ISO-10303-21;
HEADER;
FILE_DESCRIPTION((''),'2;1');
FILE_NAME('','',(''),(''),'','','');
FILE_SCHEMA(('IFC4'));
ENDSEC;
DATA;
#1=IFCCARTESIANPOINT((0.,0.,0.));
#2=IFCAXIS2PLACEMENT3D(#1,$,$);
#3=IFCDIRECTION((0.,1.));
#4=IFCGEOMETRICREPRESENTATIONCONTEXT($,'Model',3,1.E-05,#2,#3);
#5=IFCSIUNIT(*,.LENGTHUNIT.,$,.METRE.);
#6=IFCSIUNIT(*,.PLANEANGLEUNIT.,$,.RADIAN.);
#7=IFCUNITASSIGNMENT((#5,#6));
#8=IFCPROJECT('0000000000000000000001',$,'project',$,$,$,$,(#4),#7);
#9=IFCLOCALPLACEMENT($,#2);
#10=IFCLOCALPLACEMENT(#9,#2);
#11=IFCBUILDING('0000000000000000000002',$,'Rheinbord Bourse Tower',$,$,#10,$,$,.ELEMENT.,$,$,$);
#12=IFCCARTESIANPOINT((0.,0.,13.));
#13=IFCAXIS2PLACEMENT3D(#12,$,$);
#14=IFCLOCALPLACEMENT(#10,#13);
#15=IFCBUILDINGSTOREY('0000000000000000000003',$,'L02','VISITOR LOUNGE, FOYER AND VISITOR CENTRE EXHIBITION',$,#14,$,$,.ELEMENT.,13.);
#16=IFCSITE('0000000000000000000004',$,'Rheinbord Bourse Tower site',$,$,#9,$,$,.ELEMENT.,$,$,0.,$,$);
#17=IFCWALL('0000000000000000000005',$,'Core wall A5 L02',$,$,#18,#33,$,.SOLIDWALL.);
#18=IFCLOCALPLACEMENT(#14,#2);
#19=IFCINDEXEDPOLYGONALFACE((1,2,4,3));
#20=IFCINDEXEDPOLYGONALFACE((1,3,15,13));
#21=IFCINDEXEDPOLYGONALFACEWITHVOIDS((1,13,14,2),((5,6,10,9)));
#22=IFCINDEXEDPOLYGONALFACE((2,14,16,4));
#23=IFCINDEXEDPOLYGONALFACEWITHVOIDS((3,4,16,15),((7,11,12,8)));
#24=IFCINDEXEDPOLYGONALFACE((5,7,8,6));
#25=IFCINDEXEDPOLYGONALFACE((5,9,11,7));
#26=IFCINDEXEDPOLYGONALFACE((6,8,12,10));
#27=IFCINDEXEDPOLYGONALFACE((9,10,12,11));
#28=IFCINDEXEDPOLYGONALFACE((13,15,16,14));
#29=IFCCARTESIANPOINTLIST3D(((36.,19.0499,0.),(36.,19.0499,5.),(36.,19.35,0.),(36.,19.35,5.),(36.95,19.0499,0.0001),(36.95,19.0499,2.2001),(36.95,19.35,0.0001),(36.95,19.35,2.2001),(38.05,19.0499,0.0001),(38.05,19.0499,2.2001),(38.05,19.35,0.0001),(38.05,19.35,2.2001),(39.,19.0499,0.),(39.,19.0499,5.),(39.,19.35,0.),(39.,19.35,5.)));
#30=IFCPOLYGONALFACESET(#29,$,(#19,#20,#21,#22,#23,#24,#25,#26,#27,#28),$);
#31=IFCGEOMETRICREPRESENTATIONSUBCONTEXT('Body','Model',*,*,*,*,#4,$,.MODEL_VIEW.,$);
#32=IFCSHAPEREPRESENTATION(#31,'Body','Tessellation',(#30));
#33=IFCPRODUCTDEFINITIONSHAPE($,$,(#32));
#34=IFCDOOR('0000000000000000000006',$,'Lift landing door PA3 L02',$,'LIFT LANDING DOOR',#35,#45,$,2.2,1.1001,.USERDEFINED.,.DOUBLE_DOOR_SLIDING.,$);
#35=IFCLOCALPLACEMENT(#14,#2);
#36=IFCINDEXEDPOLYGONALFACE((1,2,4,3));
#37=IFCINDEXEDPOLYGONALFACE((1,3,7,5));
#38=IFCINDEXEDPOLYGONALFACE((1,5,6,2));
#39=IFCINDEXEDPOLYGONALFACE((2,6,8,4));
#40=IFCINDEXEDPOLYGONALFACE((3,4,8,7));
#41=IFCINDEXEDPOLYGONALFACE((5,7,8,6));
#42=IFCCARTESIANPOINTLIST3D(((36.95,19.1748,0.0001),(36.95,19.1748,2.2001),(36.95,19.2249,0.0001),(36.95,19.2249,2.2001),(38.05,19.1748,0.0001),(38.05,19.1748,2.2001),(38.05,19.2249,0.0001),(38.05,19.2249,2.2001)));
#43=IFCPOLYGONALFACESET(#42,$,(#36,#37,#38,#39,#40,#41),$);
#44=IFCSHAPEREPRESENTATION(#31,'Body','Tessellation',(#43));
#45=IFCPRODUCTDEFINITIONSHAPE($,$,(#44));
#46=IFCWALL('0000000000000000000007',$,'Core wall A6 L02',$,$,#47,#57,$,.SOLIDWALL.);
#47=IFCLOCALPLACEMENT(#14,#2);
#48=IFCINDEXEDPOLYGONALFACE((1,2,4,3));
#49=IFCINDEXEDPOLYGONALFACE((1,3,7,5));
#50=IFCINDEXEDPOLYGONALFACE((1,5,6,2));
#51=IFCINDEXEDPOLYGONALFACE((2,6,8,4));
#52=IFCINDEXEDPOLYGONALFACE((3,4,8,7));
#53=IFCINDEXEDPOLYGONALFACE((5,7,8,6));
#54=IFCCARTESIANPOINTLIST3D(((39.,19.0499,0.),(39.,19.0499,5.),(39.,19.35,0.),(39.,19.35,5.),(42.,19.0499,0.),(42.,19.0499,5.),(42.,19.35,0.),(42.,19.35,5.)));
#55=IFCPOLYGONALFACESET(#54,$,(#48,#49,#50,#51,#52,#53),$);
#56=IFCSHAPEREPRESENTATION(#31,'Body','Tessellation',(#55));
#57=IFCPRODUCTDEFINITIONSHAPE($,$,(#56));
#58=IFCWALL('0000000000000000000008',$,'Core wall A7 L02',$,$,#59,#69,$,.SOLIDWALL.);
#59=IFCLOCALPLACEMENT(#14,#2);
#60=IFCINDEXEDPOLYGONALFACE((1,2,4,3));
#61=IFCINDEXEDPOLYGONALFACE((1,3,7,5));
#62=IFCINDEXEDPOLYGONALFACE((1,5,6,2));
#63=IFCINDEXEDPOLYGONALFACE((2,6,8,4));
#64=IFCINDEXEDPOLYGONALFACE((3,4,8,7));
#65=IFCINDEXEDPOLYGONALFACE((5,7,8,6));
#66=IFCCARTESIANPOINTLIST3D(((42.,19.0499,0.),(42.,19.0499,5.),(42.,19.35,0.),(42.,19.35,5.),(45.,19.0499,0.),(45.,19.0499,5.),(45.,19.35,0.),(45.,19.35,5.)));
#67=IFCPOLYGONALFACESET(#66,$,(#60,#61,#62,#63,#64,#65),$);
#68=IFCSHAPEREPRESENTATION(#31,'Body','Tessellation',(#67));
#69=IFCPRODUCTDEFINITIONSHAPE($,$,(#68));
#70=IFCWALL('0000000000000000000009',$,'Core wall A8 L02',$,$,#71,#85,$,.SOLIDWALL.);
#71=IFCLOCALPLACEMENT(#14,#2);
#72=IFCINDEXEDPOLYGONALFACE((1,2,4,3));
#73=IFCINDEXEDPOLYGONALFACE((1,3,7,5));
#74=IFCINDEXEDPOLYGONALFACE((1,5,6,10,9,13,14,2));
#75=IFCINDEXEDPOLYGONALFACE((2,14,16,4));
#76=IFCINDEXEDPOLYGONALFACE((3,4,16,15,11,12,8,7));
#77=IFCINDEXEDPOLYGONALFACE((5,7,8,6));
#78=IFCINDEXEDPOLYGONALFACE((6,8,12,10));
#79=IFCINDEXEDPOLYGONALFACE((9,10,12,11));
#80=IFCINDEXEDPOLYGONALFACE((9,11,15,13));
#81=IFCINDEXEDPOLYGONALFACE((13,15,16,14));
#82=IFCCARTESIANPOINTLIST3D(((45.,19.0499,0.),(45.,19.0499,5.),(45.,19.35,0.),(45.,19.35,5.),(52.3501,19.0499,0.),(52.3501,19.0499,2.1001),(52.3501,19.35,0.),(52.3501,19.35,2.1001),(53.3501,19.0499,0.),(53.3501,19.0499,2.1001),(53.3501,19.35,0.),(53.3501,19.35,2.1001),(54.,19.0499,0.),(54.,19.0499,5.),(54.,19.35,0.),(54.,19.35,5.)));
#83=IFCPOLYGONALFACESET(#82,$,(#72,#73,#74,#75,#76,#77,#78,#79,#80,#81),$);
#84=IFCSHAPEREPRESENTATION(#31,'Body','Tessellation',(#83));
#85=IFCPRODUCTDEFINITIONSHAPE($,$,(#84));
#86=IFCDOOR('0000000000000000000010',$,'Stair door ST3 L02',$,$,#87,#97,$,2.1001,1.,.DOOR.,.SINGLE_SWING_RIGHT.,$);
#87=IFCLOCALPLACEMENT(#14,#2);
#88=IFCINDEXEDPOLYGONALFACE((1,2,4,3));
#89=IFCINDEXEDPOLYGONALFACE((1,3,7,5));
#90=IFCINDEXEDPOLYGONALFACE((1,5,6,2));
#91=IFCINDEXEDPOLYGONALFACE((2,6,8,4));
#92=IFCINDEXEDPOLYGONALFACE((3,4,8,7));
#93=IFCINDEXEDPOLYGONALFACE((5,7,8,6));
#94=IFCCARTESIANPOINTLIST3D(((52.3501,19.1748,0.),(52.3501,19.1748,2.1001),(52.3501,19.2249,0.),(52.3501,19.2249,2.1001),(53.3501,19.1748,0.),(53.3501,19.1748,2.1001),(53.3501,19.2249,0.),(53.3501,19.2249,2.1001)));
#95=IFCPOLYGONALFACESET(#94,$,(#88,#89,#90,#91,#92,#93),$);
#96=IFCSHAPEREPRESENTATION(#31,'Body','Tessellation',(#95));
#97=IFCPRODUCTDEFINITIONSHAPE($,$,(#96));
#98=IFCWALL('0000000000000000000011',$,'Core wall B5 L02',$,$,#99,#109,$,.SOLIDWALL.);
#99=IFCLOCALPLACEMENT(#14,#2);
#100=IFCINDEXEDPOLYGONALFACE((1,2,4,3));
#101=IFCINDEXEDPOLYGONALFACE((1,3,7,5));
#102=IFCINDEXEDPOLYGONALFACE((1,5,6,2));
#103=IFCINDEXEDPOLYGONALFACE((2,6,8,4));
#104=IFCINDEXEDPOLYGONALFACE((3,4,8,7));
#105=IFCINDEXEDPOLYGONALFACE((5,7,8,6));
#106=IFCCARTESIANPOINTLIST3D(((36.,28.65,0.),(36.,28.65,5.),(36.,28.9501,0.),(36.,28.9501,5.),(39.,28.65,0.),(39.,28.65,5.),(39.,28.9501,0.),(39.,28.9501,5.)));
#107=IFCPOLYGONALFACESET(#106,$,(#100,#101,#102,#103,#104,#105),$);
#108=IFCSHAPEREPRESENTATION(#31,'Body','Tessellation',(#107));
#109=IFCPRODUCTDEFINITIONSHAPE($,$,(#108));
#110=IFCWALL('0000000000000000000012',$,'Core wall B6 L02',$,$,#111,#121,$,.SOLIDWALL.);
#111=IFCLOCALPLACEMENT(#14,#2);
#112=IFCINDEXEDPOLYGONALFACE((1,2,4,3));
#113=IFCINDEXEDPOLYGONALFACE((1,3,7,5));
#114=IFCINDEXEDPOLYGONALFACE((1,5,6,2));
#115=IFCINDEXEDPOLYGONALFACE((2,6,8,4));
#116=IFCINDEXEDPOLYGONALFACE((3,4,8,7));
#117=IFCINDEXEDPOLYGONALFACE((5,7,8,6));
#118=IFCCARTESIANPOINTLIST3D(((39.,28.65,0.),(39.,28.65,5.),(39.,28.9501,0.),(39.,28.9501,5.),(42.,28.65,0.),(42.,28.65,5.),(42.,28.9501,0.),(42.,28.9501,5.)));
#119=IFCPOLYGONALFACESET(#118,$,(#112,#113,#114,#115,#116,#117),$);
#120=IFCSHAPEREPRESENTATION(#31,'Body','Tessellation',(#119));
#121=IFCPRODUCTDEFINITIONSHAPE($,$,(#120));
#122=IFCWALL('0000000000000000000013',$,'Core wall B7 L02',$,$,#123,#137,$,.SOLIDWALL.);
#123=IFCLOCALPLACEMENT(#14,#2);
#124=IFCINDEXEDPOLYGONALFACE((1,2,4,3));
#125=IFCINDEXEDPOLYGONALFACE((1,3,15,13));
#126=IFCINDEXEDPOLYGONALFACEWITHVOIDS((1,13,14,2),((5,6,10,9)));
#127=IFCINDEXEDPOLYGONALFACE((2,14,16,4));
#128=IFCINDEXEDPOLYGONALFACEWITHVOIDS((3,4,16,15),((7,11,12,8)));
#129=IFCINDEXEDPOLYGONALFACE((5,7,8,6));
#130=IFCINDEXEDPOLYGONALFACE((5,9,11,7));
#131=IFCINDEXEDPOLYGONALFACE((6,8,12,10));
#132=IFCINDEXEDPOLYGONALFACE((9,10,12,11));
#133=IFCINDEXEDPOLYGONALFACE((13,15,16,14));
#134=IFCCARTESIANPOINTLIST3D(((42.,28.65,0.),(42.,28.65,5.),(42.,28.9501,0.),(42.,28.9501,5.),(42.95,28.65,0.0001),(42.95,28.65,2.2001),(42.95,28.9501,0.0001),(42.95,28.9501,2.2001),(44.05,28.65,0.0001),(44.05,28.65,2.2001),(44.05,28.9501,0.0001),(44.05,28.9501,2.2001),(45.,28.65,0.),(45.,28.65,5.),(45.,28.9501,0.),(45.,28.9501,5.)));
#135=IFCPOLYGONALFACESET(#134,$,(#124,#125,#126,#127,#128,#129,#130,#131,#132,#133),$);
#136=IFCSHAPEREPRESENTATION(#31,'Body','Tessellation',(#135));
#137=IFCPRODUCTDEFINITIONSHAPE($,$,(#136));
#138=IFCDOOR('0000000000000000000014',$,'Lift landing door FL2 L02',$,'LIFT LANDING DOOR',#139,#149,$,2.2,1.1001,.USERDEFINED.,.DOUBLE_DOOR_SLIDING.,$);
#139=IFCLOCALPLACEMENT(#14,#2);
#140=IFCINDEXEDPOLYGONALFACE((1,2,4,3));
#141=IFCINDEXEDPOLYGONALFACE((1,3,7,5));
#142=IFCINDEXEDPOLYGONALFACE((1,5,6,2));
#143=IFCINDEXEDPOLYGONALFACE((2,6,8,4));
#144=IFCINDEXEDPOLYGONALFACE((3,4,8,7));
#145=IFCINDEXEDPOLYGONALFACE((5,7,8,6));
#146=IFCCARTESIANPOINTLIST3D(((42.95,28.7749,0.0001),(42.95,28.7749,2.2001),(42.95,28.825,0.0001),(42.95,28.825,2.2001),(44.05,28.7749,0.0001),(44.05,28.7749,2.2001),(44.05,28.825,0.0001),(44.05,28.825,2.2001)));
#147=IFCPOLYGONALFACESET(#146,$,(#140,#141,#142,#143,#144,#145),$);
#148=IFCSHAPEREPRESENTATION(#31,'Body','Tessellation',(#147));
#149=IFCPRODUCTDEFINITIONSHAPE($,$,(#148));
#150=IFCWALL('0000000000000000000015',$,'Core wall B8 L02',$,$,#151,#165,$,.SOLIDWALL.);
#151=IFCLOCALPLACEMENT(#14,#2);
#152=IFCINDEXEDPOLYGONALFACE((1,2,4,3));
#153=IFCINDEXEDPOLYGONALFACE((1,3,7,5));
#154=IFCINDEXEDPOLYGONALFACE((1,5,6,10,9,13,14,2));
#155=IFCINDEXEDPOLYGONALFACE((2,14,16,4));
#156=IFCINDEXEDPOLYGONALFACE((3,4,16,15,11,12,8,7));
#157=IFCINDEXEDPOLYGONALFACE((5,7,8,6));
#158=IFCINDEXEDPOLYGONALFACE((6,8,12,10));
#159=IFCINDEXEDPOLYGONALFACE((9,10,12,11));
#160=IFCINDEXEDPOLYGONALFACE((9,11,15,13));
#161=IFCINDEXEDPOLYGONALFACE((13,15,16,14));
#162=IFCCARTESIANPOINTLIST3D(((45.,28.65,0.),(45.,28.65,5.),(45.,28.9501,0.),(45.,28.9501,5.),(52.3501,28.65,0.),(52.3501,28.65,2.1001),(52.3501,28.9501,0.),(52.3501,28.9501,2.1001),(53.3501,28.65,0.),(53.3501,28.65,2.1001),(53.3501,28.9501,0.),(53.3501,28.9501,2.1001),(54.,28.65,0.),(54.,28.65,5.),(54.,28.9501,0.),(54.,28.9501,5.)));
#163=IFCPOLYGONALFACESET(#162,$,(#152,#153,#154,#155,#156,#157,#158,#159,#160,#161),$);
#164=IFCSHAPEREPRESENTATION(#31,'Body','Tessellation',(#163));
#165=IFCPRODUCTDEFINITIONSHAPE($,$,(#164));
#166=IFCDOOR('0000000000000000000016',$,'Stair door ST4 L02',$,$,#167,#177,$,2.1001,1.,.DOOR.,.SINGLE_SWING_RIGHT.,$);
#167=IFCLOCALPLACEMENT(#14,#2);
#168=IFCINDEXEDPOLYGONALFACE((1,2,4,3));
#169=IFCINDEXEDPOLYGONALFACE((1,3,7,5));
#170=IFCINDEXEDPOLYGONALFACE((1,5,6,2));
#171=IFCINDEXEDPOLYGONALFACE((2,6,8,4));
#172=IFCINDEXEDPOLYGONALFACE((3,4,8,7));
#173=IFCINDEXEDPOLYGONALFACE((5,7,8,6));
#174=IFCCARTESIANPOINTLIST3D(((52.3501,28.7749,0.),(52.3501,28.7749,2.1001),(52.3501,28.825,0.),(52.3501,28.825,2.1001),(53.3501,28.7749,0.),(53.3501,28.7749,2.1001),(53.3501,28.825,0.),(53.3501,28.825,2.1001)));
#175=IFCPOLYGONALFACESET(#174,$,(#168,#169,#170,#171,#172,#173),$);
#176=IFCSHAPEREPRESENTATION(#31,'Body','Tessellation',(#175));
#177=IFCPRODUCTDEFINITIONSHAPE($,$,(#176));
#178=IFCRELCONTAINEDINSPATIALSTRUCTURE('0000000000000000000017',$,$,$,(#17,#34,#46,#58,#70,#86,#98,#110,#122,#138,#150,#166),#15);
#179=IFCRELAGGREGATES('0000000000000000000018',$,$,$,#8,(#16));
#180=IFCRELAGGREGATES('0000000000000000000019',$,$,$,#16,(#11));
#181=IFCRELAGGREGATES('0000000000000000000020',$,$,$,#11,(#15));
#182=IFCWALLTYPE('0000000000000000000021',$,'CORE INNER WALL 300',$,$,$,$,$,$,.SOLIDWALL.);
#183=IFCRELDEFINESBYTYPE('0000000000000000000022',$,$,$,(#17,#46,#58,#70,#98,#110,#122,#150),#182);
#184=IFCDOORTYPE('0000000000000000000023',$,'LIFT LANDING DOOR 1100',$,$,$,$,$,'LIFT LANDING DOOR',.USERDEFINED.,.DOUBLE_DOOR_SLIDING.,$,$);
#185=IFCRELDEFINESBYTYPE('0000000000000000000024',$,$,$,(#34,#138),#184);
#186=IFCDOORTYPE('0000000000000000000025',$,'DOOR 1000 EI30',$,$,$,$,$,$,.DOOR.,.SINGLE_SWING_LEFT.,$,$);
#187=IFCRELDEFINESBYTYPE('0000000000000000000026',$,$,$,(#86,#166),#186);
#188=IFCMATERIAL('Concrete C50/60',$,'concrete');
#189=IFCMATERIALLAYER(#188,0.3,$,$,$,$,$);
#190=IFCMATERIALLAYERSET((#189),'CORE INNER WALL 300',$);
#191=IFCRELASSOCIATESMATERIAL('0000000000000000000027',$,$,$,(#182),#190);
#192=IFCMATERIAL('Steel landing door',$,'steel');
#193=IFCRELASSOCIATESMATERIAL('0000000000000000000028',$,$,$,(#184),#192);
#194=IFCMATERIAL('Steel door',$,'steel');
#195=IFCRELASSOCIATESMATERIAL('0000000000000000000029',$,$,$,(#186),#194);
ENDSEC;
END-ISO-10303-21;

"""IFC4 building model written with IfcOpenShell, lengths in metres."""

from ifc_helpers import new_model, si_unit, direction, frame, frame_2d, origin, place, context, subcontext, project, spatial, rectangle, extrude, material, layer, layer_set, type_object, element, fill, save


model = new_model("IFC4")

# Units and contexts
model_context = context("Model", 3, precision=1e-05, world=origin(), true_north=direction((0.0, 1.0)))
body_context = subcontext(model_context, "Body", "Model", "MODEL_VIEW")
ifc_project = project(units=[si_unit("LENGTHUNIT", "METRE"), si_unit("PLANEANGLEUNIT", "RADIAN")], contexts=[model_context])

# Site, building, storey
site_placement = place(None, origin())
site = spatial("IfcSite", under=ifc_project, at=site_placement, Name="Rheinbord Bourse Tower site", CompositionType="ELEMENT", RefElevation=0.0)
building_placement = place(site_placement, origin())
building = spatial("IfcBuilding", under=site, at=building_placement, Name="Rheinbord Bourse Tower", CompositionType="ELEMENT")
storey_placement = place(building_placement, frame((0.0, 0.0, 13.0)))
storey = spatial("IfcBuildingStorey", under=building, at=storey_placement, Name="L02", Description="VISITOR LOUNGE, FOYER AND VISITOR CENTRE EXHIBITION", CompositionType="ELEMENT", Elevation=13.0)

# Wall, opening, door
ifc_material_1 = material(Name="Concrete C50/60", Category="concrete")
ifc_layer_1 = layer(ifc_material_1, 0.3)
ifc_layer_set_1 = layer_set([ifc_layer_1], Name="CORE INNER WALL 300")
wall_type_1 = type_object("IfcWallType", Name="CORE INNER WALL 300", PredefinedType="SOLIDWALL", material=ifc_layer_set_1)
wall_1_placement = place(storey_placement, frame((36.0, 19.2, 0.0), z_axis=(0.0, 0.0, 1.0), x_axis=(1.0, 0.0, 0.0)))
wall_1 = element("IfcWall", 1, at=wall_1_placement, inside=storey, type_object=wall_type_1, Name="Core wall A5 L02", PredefinedType="SOLIDWALL", context=body_context, shape_type="SweptSolid", body=[
    extrude(rectangle(XDim=3.0, YDim=0.3, at=frame_2d((1.5, 0.0))), origin(), (0.0, 0.0, 1.0), 5.0),
])
opening_1_placement = place(wall_1_placement, frame((0.95, 0.0, 0.0)))
opening_1 = element("IfcOpeningElement", 2, at=opening_1_placement, cuts=wall_1, PredefinedType="OPENING", context=body_context, shape_type="SweptSolid", body=[
    extrude(rectangle(XDim=1.1001, YDim=2.2, at=frame_2d((0.55, 1.1001))), frame((0.0, 0.1599, 0.0), z_axis=(0.0, -1.0, 0.0), x_axis=(1.0, 0.0, 0.0)), (0.0, 0.0, 1.0), 0.3201),
])
ifc_material_2 = material(Name="Steel landing door", Category="steel")
door_type_1 = type_object("IfcDoorType", Name="LIFT LANDING DOOR 1100", ElementType="LIFT LANDING DOOR", OperationType="DOUBLE_DOOR_SLIDING", PredefinedType="USERDEFINED", material=ifc_material_2)
door_1_placement = place(opening_1_placement, origin())
door_1 = element("IfcDoor", 3, at=door_1_placement, inside=storey, type_object=door_type_1, Name="Lift landing door PA3 L02", ObjectType="LIFT LANDING DOOR", OperationType="DOUBLE_DOOR_SLIDING", OverallHeight=2.2, OverallWidth=1.1001, PredefinedType="USERDEFINED", context=body_context, shape_type="SweptSolid", body=[
    extrude(rectangle(XDim=1.1001, YDim=2.2, at=frame_2d((0.55, 1.1001))), frame((0.0, 0.0249, 0.0), z_axis=(0.0, -1.0, 0.0), x_axis=(1.0, 0.0, 0.0)), (0.0, 0.0, 1.0), 0.05),
])
fill(opening_1, door_1)

# Walls
for number, where, z_axis, x_axis, name in (
    (4, (39.0, 19.2, 0.0), (0.0, 0.0, 1.0), (1.0, 0.0, 0.0), "Core wall A6 L02"),
    (5, (42.0, 19.2, 0.0), (0.0, 0.0, 1.0), (1.0, 0.0, 0.0), "Core wall A7 L02"),
):
    element("IfcWall", number, at=place(storey_placement, frame(where, z_axis=z_axis, x_axis=x_axis)), inside=storey, type_object=wall_type_1, Name=name, PredefinedType="SOLIDWALL", context=body_context, shape_type="SweptSolid", body=[
        extrude(rectangle(XDim=3.0, YDim=0.3, at=frame_2d((1.5, 0.0))), origin(), (0.0, 0.0, 1.0), 5.0),
    ])

# Wall, opening, door
wall_2_placement = place(storey_placement, frame((45.0, 19.2, 0.0), z_axis=(0.0, 0.0, 1.0), x_axis=(1.0, 0.0, 0.0)))
wall_2 = element("IfcWall", 6, at=wall_2_placement, inside=storey, type_object=wall_type_1, Name="Core wall A8 L02", PredefinedType="SOLIDWALL", context=body_context, shape_type="SweptSolid", body=[
    extrude(rectangle(XDim=9.0, YDim=0.3, at=frame_2d((4.5, 0.0))), origin(), (0.0, 0.0, 1.0), 5.0),
])
opening_2_placement = place(wall_2_placement, frame((7.3501, 0.0, 0.0)))
opening_2 = element("IfcOpeningElement", 7, at=opening_2_placement, cuts=wall_2, PredefinedType="OPENING", context=body_context, shape_type="SweptSolid", body=[
    extrude(rectangle(XDim=1.0, YDim=2.1001, at=frame_2d((0.5, 1.05))), frame((0.0, 0.1599, 0.0), z_axis=(0.0, -1.0, 0.0), x_axis=(1.0, 0.0, 0.0)), (0.0, 0.0, 1.0), 0.3201),
])
ifc_material_3 = material(Name="Steel door", Category="steel")
door_type_2 = type_object("IfcDoorType", Name="DOOR 1000 EI30", OperationType="SINGLE_SWING_LEFT", PredefinedType="DOOR", material=ifc_material_3)
door_2_placement = place(opening_2_placement, origin())
door_2 = element("IfcDoor", 8, at=door_2_placement, inside=storey, type_object=door_type_2, Name="Stair door ST3 L02", OperationType="SINGLE_SWING_RIGHT", OverallHeight=2.1001, OverallWidth=1.0, PredefinedType="DOOR", context=body_context, shape_type="SweptSolid", body=[
    extrude(rectangle(XDim=1.0, YDim=2.1001, at=frame_2d((0.5, 1.05))), frame((0.0, 0.0249, 0.0), z_axis=(0.0, -1.0, 0.0), x_axis=(1.0, 0.0, 0.0)), (0.0, 0.0, 1.0), 0.05),
])
fill(opening_2, door_2)

# Walls
for number, where, z_axis, x_axis, name in (
    (9, (36.0, 28.8, 0.0), (0.0, 0.0, 1.0), (1.0, 0.0, 0.0), "Core wall B5 L02"),
    (10, (39.0, 28.8, 0.0), (0.0, 0.0, 1.0), (1.0, 0.0, 0.0), "Core wall B6 L02"),
):
    element("IfcWall", number, at=place(storey_placement, frame(where, z_axis=z_axis, x_axis=x_axis)), inside=storey, type_object=wall_type_1, Name=name, PredefinedType="SOLIDWALL", context=body_context, shape_type="SweptSolid", body=[
        extrude(rectangle(XDim=3.0, YDim=0.3, at=frame_2d((1.5, 0.0))), origin(), (0.0, 0.0, 1.0), 5.0),
    ])

# Walls, openings, doors
wall_3_placement = place(storey_placement, frame((42.0, 28.8, 0.0), z_axis=(0.0, 0.0, 1.0), x_axis=(1.0, 0.0, 0.0)))
wall_3 = element("IfcWall", 11, at=wall_3_placement, inside=storey, type_object=wall_type_1, Name="Core wall B7 L02", PredefinedType="SOLIDWALL", context=body_context, shape_type="SweptSolid", body=[
    extrude(rectangle(XDim=3.0, YDim=0.3, at=frame_2d((1.5, 0.0))), origin(), (0.0, 0.0, 1.0), 5.0),
])
opening_3_placement = place(wall_3_placement, frame((0.95, 0.0, 0.0)))
opening_3 = element("IfcOpeningElement", 12, at=opening_3_placement, cuts=wall_3, PredefinedType="OPENING", context=body_context, shape_type="SweptSolid", body=[
    extrude(rectangle(XDim=1.1001, YDim=2.2, at=frame_2d((0.55, 1.1001))), frame((0.0, 0.1599, 0.0), z_axis=(0.0, -1.0, 0.0), x_axis=(1.0, 0.0, 0.0)), (0.0, 0.0, 1.0), 0.3201),
])
door_3_placement = place(opening_3_placement, origin())
door_3 = element("IfcDoor", 13, at=door_3_placement, inside=storey, type_object=door_type_1, Name="Lift landing door FL2 L02", ObjectType="LIFT LANDING DOOR", OperationType="DOUBLE_DOOR_SLIDING", OverallHeight=2.2, OverallWidth=1.1001, PredefinedType="USERDEFINED", context=body_context, shape_type="SweptSolid", body=[
    extrude(rectangle(XDim=1.1001, YDim=2.2, at=frame_2d((0.55, 1.1001))), frame((0.0, 0.0249, 0.0), z_axis=(0.0, -1.0, 0.0), x_axis=(1.0, 0.0, 0.0)), (0.0, 0.0, 1.0), 0.05),
])
fill(opening_3, door_3)
wall_4_placement = place(storey_placement, frame((45.0, 28.8, 0.0), z_axis=(0.0, 0.0, 1.0), x_axis=(1.0, 0.0, 0.0)))
wall_4 = element("IfcWall", 14, at=wall_4_placement, inside=storey, type_object=wall_type_1, Name="Core wall B8 L02", PredefinedType="SOLIDWALL", context=body_context, shape_type="SweptSolid", body=[
    extrude(rectangle(XDim=9.0, YDim=0.3, at=frame_2d((4.5, 0.0))), origin(), (0.0, 0.0, 1.0), 5.0),
])
opening_4_placement = place(wall_4_placement, frame((7.3501, 0.0, 0.0)))
opening_4 = element("IfcOpeningElement", 15, at=opening_4_placement, cuts=wall_4, PredefinedType="OPENING", context=body_context, shape_type="SweptSolid", body=[
    extrude(rectangle(XDim=1.0, YDim=2.1001, at=frame_2d((0.5, 1.05))), frame((0.0, 0.1599, 0.0), z_axis=(0.0, -1.0, 0.0), x_axis=(1.0, 0.0, 0.0)), (0.0, 0.0, 1.0), 0.3201),
])
door_4_placement = place(opening_4_placement, origin())
door_4 = element("IfcDoor", 16, at=door_4_placement, inside=storey, type_object=door_type_2, Name="Stair door ST4 L02", OperationType="SINGLE_SWING_RIGHT", OverallHeight=2.1001, OverallWidth=1.0, PredefinedType="DOOR", context=body_context, shape_type="SweptSolid", body=[
    extrude(rectangle(XDim=1.0, YDim=2.1001, at=frame_2d((0.5, 1.05))), frame((0.0, 0.0249, 0.0), z_axis=(0.0, -1.0, 0.0), x_axis=(1.0, 0.0, 0.0)), (0.0, 0.0, 1.0), 0.05),
])
fill(opening_4, door_4)

save(model, "model.ifc")
